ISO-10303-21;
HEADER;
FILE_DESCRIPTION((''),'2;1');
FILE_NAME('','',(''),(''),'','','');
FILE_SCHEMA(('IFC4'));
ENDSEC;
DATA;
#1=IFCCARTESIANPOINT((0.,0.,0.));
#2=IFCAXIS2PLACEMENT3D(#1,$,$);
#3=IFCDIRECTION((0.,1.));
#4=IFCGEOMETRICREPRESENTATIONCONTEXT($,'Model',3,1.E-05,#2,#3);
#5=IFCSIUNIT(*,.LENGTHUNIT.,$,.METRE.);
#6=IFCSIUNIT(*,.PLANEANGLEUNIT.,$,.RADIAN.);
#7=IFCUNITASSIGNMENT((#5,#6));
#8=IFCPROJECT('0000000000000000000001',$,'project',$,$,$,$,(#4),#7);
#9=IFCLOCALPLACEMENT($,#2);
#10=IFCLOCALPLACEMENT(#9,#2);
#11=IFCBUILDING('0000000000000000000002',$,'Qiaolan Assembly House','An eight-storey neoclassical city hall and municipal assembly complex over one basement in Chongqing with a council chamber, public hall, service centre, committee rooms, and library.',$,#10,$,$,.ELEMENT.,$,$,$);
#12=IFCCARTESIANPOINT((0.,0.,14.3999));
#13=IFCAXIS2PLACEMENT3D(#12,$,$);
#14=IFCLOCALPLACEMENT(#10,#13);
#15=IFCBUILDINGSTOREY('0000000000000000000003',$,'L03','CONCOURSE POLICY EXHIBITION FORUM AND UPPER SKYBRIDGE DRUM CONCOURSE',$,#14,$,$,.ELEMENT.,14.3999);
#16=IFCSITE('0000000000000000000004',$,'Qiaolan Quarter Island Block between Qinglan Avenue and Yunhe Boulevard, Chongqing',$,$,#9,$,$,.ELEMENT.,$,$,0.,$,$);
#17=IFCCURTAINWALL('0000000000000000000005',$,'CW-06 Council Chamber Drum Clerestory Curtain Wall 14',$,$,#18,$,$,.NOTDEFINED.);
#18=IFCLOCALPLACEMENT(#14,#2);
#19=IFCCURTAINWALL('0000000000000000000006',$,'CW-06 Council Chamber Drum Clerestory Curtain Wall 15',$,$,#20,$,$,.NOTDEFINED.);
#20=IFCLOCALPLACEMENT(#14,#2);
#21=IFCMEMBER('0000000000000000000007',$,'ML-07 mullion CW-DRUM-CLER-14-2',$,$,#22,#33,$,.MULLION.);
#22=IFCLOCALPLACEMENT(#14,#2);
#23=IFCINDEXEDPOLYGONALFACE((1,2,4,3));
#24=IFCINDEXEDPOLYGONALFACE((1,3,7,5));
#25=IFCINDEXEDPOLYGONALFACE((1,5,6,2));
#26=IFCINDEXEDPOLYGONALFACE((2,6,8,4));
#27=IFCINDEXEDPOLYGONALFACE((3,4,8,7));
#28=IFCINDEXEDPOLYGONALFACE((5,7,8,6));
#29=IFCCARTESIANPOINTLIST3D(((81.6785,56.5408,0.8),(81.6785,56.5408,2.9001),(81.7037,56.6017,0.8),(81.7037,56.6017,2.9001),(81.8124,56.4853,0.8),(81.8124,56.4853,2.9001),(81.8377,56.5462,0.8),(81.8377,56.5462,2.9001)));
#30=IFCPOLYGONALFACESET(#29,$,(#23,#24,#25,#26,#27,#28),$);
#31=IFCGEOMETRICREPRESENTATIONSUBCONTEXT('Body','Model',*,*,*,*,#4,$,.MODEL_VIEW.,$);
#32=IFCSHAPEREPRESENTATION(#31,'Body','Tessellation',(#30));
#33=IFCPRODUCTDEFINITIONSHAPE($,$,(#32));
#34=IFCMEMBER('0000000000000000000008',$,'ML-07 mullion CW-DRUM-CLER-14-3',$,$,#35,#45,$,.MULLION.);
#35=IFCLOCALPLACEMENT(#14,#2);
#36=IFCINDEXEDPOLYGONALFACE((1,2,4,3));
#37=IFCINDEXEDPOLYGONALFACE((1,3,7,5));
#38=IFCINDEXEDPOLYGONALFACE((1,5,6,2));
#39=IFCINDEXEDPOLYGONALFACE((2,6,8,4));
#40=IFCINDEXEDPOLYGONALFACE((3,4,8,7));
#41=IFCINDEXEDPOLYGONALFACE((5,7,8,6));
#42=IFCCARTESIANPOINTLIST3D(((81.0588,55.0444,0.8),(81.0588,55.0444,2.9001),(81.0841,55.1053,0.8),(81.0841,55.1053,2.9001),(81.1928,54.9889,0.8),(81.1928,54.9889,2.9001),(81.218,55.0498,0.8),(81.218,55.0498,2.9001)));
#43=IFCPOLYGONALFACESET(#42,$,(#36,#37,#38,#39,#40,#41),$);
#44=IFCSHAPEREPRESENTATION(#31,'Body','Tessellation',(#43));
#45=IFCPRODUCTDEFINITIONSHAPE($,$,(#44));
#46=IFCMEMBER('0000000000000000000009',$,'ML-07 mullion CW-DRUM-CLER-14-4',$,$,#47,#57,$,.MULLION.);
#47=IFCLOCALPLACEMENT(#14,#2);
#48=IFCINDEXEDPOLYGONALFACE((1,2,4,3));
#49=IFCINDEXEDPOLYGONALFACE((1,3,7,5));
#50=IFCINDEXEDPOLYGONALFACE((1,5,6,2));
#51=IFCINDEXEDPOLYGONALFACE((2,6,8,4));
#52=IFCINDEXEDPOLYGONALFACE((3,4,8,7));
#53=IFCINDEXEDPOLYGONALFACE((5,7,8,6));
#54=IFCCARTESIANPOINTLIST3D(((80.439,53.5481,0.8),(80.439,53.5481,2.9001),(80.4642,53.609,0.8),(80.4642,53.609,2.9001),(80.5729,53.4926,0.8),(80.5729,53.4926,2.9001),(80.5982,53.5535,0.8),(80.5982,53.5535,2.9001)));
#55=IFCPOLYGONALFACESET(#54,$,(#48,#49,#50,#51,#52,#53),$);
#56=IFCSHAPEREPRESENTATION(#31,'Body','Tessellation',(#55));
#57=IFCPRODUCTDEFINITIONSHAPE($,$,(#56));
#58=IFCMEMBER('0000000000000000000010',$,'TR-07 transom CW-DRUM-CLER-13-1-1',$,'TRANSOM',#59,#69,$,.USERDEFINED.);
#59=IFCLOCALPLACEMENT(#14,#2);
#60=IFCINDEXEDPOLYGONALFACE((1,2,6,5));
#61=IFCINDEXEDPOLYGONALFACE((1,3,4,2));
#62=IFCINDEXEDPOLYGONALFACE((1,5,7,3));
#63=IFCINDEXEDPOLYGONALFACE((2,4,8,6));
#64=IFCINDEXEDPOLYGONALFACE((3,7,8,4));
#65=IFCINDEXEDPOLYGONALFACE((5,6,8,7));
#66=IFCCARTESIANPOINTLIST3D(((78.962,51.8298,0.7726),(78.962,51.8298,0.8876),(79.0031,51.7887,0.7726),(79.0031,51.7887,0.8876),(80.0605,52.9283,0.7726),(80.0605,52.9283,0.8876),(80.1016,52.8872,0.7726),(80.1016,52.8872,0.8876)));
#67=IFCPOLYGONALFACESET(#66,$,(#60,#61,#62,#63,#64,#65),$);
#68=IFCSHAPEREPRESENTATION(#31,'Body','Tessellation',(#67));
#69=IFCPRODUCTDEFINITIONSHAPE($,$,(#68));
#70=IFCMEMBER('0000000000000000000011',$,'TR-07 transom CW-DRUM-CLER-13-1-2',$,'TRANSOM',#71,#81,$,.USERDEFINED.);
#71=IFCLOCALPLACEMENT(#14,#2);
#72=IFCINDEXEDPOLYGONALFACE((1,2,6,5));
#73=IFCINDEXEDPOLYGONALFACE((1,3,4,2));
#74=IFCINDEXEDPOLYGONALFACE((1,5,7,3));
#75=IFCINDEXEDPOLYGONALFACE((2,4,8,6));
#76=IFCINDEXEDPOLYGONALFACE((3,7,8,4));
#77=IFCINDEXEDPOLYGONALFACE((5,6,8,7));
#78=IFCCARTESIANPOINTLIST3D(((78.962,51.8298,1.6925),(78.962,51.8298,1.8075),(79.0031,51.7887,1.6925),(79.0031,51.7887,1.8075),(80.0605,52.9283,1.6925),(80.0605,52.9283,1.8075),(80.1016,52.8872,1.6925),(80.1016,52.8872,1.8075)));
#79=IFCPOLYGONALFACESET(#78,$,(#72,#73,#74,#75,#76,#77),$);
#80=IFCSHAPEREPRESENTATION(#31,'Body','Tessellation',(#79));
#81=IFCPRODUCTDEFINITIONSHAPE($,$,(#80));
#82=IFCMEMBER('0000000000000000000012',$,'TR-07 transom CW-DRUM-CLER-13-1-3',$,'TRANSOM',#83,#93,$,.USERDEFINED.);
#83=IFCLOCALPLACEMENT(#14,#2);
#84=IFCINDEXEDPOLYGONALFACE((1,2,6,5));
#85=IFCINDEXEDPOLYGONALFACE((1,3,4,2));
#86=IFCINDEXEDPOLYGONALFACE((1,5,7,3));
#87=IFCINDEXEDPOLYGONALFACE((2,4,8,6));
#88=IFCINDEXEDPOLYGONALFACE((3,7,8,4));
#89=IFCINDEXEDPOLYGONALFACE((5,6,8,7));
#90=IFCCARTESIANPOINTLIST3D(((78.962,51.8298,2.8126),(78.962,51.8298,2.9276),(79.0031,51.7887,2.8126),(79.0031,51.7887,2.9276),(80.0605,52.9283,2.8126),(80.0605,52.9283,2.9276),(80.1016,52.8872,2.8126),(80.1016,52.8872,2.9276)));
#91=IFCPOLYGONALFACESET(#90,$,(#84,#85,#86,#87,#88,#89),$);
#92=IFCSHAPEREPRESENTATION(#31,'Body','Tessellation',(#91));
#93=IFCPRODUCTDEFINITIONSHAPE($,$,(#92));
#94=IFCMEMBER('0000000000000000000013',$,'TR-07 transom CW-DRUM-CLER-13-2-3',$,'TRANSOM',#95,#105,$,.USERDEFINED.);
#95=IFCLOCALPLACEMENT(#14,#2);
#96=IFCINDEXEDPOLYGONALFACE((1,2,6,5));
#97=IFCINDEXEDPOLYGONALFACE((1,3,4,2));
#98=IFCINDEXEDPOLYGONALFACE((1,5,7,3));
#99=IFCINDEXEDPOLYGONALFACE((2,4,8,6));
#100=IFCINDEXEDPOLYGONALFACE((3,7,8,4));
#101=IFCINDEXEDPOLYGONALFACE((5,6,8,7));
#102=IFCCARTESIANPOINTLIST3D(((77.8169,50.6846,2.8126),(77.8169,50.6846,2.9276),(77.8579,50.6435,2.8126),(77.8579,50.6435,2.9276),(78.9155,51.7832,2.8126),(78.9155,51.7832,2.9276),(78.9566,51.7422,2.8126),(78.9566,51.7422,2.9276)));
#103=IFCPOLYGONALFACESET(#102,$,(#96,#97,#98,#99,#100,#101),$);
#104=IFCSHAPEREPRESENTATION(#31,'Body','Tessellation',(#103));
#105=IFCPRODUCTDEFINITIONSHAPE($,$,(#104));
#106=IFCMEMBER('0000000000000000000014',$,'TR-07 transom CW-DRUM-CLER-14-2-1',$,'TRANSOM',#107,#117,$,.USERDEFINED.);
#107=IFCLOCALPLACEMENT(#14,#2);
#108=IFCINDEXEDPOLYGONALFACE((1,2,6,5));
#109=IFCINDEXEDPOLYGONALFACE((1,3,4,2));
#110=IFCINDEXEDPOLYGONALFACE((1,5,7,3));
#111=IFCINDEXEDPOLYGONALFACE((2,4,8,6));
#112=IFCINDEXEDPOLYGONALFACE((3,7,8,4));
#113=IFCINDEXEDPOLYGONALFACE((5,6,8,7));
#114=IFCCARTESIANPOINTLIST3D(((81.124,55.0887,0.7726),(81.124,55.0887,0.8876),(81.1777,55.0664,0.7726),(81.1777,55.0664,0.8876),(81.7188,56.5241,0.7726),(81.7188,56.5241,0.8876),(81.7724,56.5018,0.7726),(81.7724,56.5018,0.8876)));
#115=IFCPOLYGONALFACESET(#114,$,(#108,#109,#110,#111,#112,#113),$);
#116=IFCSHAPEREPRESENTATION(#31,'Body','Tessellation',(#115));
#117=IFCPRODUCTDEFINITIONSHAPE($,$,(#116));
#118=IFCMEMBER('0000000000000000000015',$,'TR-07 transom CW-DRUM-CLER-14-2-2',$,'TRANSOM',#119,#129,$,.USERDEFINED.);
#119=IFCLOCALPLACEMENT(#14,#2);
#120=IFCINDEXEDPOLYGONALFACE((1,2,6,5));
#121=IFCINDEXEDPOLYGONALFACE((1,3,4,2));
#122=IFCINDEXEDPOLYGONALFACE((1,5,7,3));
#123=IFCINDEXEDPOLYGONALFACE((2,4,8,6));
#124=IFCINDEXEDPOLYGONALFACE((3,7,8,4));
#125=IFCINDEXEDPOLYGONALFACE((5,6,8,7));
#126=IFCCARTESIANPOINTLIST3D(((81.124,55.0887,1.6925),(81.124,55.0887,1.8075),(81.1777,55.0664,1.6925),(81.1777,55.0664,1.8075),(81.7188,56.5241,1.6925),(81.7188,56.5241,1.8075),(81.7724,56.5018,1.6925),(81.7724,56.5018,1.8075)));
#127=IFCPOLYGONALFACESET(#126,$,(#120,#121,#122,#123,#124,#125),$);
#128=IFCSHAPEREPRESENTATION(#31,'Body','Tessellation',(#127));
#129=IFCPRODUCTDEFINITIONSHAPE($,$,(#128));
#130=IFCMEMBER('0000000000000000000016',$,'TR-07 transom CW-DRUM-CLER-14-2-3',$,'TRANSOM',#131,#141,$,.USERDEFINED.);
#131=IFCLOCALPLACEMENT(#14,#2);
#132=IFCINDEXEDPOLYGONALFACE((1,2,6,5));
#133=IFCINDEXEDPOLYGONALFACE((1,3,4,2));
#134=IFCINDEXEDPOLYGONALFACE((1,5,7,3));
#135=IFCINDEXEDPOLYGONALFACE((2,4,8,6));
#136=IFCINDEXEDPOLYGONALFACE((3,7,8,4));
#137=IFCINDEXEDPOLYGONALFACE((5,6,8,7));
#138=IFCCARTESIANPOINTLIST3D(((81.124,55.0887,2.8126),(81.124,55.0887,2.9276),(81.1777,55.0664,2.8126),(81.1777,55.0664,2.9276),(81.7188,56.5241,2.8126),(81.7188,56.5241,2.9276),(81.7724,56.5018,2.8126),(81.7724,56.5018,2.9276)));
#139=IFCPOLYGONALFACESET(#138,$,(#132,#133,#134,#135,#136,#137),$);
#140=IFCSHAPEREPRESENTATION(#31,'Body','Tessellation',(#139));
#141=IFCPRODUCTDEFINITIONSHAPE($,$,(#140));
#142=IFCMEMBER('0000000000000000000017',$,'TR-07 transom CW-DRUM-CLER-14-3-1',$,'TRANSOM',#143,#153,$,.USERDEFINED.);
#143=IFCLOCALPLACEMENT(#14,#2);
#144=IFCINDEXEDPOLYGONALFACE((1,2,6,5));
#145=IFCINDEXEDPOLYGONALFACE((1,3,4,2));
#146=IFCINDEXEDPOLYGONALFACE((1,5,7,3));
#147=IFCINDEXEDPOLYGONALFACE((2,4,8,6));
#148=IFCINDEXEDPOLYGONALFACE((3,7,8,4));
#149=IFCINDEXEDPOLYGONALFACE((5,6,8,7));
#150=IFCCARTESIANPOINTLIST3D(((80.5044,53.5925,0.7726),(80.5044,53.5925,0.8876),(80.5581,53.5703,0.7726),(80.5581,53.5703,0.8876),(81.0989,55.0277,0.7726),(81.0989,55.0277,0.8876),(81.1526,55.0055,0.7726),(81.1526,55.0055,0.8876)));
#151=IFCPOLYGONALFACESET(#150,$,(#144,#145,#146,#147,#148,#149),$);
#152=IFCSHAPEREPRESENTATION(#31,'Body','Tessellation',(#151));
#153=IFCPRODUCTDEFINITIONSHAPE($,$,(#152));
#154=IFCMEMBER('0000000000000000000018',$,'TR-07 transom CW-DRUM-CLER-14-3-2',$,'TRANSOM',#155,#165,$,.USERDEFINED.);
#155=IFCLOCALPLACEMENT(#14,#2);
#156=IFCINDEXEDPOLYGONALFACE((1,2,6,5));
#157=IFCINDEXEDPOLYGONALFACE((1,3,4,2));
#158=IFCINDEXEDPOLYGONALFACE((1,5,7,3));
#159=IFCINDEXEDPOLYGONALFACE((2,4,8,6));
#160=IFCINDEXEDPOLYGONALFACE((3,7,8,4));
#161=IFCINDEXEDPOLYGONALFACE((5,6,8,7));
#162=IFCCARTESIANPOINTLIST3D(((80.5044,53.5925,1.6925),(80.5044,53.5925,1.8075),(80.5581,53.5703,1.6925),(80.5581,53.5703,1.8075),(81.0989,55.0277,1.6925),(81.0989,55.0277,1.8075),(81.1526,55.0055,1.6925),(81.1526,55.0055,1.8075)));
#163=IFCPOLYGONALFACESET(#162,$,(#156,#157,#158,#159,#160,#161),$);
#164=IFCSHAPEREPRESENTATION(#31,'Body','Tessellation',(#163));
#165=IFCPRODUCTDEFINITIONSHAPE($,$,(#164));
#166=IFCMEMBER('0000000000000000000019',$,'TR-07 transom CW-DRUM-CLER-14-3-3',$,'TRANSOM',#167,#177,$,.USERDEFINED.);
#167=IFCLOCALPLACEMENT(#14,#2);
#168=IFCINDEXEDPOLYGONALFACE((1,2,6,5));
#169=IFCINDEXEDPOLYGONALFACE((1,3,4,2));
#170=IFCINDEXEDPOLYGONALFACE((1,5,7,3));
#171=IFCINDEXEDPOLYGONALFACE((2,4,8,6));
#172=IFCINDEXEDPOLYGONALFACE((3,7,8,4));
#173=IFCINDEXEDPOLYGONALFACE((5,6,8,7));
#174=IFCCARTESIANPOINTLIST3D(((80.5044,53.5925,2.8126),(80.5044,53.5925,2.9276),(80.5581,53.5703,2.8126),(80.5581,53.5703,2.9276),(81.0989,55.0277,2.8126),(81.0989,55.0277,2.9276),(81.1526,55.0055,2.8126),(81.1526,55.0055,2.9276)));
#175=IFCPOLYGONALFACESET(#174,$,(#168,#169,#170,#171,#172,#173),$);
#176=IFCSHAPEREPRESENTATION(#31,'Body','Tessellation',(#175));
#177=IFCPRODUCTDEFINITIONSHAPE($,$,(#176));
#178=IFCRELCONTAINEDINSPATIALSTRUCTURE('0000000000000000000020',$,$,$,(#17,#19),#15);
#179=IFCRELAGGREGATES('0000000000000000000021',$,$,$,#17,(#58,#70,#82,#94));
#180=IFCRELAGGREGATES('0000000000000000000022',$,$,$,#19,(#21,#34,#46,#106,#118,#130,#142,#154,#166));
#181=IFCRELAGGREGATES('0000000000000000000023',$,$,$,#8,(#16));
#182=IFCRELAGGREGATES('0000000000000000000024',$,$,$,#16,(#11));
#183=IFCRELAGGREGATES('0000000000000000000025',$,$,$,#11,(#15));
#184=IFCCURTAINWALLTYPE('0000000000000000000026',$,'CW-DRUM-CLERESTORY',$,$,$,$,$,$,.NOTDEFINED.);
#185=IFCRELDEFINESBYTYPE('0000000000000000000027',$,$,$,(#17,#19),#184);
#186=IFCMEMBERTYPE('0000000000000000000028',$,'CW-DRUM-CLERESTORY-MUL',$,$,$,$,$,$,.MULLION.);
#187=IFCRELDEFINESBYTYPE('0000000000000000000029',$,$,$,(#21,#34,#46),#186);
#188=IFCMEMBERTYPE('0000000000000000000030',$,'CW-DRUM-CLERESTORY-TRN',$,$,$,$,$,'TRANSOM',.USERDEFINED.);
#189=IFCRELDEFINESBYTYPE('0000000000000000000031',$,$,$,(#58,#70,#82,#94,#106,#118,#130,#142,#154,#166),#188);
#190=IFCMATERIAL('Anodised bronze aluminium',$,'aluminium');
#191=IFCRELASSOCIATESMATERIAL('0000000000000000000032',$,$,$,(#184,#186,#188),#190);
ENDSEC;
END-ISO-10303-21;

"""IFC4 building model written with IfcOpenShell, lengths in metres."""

from ifc_helpers import new_model, si_unit, direction, frame, origin, origin_2d, place, context, subcontext, project, spatial, rectangle, extrude, material, material_profile, profile_set, type_object, element, aggregate, save


model = new_model("IFC4")

# Units and contexts
model_context = context("Model", 3, precision=1e-05, world=origin(), true_north=direction((0.0, 1.0)))
body_context = subcontext(model_context, "Body", "Model", "MODEL_VIEW")
ifc_project = project(units=[si_unit("LENGTHUNIT", "METRE"), si_unit("PLANEANGLEUNIT", "RADIAN")], contexts=[model_context])

# Site, building, storey
site_placement = place(None, origin())
site = spatial("IfcSite", under=ifc_project, at=site_placement, Name="Qiaolan Quarter Island Block between Qinglan Avenue and Yunhe Boulevard, Chongqing", CompositionType="ELEMENT", RefElevation=0.0)
building_placement = place(site_placement, origin())
building = spatial("IfcBuilding", under=site, at=building_placement, Name="Qiaolan Assembly House", Description="An eight-storey neoclassical city hall and municipal assembly complex over one basement in Chongqing with a council chamber, public hall, service centre, committee rooms, and library.", CompositionType="ELEMENT")
storey_placement = place(building_placement, frame((0.0, 0.0, 14.3999)))
storey = spatial("IfcBuildingStorey", under=building, at=storey_placement, Name="L03", Description="CONCOURSE POLICY EXHIBITION FORUM AND UPPER SKYBRIDGE DRUM CONCOURSE", CompositionType="ELEMENT", Elevation=14.3999)

# Curtain walls, members
ifc_material_1 = material(Name="Anodised bronze aluminium", Category="aluminium")
curtain_wall_type = type_object("IfcCurtainWallType", Name="CW-DRUM-CLERESTORY", PredefinedType="NOTDEFINED", material=ifc_material_1)
curtain_wall_1_placement = place(storey_placement, origin())
curtain_wall_1 = element("IfcCurtainWall", 1, at=curtain_wall_1_placement, inside=storey, type_object=curtain_wall_type, Name="CW-06 Council Chamber Drum Clerestory Curtain Wall 14", PredefinedType="NOTDEFINED")
ifc_material_profile_1 = material_profile(ifc_material_1, rectangle(XDim=0.0659, YDim=0.145, at=origin_2d()), Name="MUL 66x145")
ifc_profile_set_1 = profile_set([ifc_material_profile_1], Name="Anodised bronze aluminium")
member_type_1 = type_object("IfcMemberType", Name="CW-DRUM-CLERESTORY-MUL", PredefinedType="MULLION", material=ifc_profile_set_1)
curtain_wall_2_placement = place(storey_placement, origin())
curtain_wall_2 = element("IfcCurtainWall", 2, at=curtain_wall_2_placement, inside=storey, type_object=curtain_wall_type, Name="CW-06 Council Chamber Drum Clerestory Curtain Wall 15", PredefinedType="NOTDEFINED")
member_1_placement = place(storey_placement, frame((81.7581, 56.5435, 0.8), z_axis=(0.0, 0.0, 1.0), x_axis=(-0.382683, -0.92388, 0.0)))
member_1 = element("IfcMember", 3, at=member_1_placement, type_object=member_type_1, Name="ML-07 mullion CW-DRUM-CLER-14-2", PredefinedType="MULLION", context=body_context, shape_type="SweptSolid", body=[
    extrude(rectangle(XDim=0.0659, YDim=0.145, at=origin_2d()), origin(), (0.0, 0.0, 1.0), 2.1001),
])
member_2_placement = place(storey_placement, frame((81.1384, 55.0471, 0.8), z_axis=(0.0, 0.0, 1.0), x_axis=(-0.382683, -0.92388, 0.0)))
member_2 = element("IfcMember", 4, at=member_2_placement, type_object=member_type_1, Name="ML-07 mullion CW-DRUM-CLER-14-3", PredefinedType="MULLION", context=body_context, shape_type="SweptSolid", body=[
    extrude(rectangle(XDim=0.0659, YDim=0.145, at=origin_2d()), origin(), (0.0, 0.0, 1.0), 2.1001),
])
member_3_placement = place(storey_placement, frame((80.5186, 53.5508, 0.8), z_axis=(0.0, 0.0, 1.0), x_axis=(-0.382683, -0.92388, 0.0)))
member_3 = element("IfcMember", 5, at=member_3_placement, type_object=member_type_1, Name="ML-07 mullion CW-DRUM-CLER-14-4", PredefinedType="MULLION", context=body_context, shape_type="SweptSolid", body=[
    extrude(rectangle(XDim=0.0659, YDim=0.145, at=origin_2d()), origin(), (0.0, 0.0, 1.0), 2.1001),
])

# Members
ifc_material_profile_2 = material_profile(ifc_material_1, rectangle(XDim=0.0581, YDim=0.115, at=origin_2d()), Name="TRN 58x115")
ifc_profile_set_2 = profile_set([ifc_material_profile_2], Name="Anodised bronze aluminium")
member_type_2 = type_object("IfcMemberType", Name="CW-DRUM-CLERESTORY-TRN", ElementType="TRANSOM", PredefinedType="USERDEFINED", material=ifc_profile_set_2)
member_4_placement = place(storey_placement, frame((80.0811, 52.9077, 0.8301), z_axis=(-0.707107, -0.707107, 0.0), x_axis=(0.707107, -0.707107, 0.0)))
member_4 = element("IfcMember", 6, at=member_4_placement, type_object=member_type_2, Name="TR-07 transom CW-DRUM-CLER-13-1-1", ObjectType="TRANSOM", PredefinedType="USERDEFINED", context=body_context, shape_type="SweptSolid", body=[
    extrude(rectangle(XDim=0.0581, YDim=0.115, at=origin_2d()), origin(), (0.0, 0.0, 1.0), 1.5535),
])
member_5_placement = place(storey_placement, frame((80.0811, 52.9077, 1.75), z_axis=(-0.707107, -0.707107, 0.0), x_axis=(0.707107, -0.707107, 0.0)))
member_5 = element("IfcMember", 7, at=member_5_placement, type_object=member_type_2, Name="TR-07 transom CW-DRUM-CLER-13-1-2", ObjectType="TRANSOM", PredefinedType="USERDEFINED", context=body_context, shape_type="SweptSolid", body=[
    extrude(rectangle(XDim=0.0581, YDim=0.115, at=origin_2d()), origin(), (0.0, 0.0, 1.0), 1.5535),
])
member_6_placement = place(storey_placement, frame((80.0811, 52.9077, 2.8701), z_axis=(-0.707107, -0.707107, 0.0), x_axis=(0.707107, -0.707107, 0.0)))
member_6 = element("IfcMember", 8, at=member_6_placement, type_object=member_type_2, Name="TR-07 transom CW-DRUM-CLER-13-1-3", ObjectType="TRANSOM", PredefinedType="USERDEFINED", context=body_context, shape_type="SweptSolid", body=[
    extrude(rectangle(XDim=0.0581, YDim=0.115, at=origin_2d()), origin(), (0.0, 0.0, 1.0), 1.5535),
])
member_7_placement = place(storey_placement, frame((78.936, 51.7627, 2.8701), z_axis=(-0.707107, -0.707107, 0.0), x_axis=(0.707107, -0.707107, 0.0)))
member_7 = element("IfcMember", 9, at=member_7_placement, type_object=member_type_2, Name="TR-07 transom CW-DRUM-CLER-13-2-3", ObjectType="TRANSOM", PredefinedType="USERDEFINED", context=body_context, shape_type="SweptSolid", body=[
    extrude(rectangle(XDim=0.0581, YDim=0.115, at=origin_2d()), origin(), (0.0, 0.0, 1.0), 1.5537),
])
member_8_placement = place(storey_placement, frame((81.7456, 56.5129, 0.8301), z_axis=(-0.382796, -0.923833, 0.0), x_axis=(0.923833, -0.382796, 0.0)))
member_8 = element("IfcMember", 10, at=member_8_placement, type_object=member_type_2, Name="TR-07 transom CW-DRUM-CLER-14-2-1", ObjectType="TRANSOM", PredefinedType="USERDEFINED", context=body_context, shape_type="SweptSolid", body=[
    extrude(rectangle(XDim=0.0581, YDim=0.115, at=origin_2d()), origin(), (0.0, 0.0, 1.0), 1.5537),
])
member_9_placement = place(storey_placement, frame((81.7456, 56.5129, 1.75), z_axis=(-0.382796, -0.923833, 0.0), x_axis=(0.923833, -0.382796, 0.0)))
member_9 = element("IfcMember", 11, at=member_9_placement, type_object=member_type_2, Name="TR-07 transom CW-DRUM-CLER-14-2-2", ObjectType="TRANSOM", PredefinedType="USERDEFINED", context=body_context, shape_type="SweptSolid", body=[
    extrude(rectangle(XDim=0.0581, YDim=0.115, at=origin_2d()), origin(), (0.0, 0.0, 1.0), 1.5537),
])
member_10_placement = place(storey_placement, frame((81.7456, 56.5129, 2.8701), z_axis=(-0.382796, -0.923833, 0.0), x_axis=(0.923833, -0.382796, 0.0)))
member_10 = element("IfcMember", 12, at=member_10_placement, type_object=member_type_2, Name="TR-07 transom CW-DRUM-CLER-14-2-3", ObjectType="TRANSOM", PredefinedType="USERDEFINED", context=body_context, shape_type="SweptSolid", body=[
    extrude(rectangle(XDim=0.0581, YDim=0.115, at=origin_2d()), origin(), (0.0, 0.0, 1.0), 1.5537),
])
member_11_placement = place(storey_placement, frame((81.1257, 55.0166, 0.8301), z_axis=(-0.382662, -0.923889, 0.0), x_axis=(0.923889, -0.382662, 0.0)))
member_11 = element("IfcMember", 13, at=member_11_placement, type_object=member_type_2, Name="TR-07 transom CW-DRUM-CLER-14-3-1", ObjectType="TRANSOM", PredefinedType="USERDEFINED", context=body_context, shape_type="SweptSolid", body=[
    extrude(rectangle(XDim=0.0581, YDim=0.115, at=origin_2d()), origin(), (0.0, 0.0, 1.0), 1.5535),
])
member_12_placement = place(storey_placement, frame((81.1257, 55.0166, 1.75), z_axis=(-0.382662, -0.923889, 0.0), x_axis=(0.923889, -0.382662, 0.0)))
member_12 = element("IfcMember", 14, at=member_12_placement, type_object=member_type_2, Name="TR-07 transom CW-DRUM-CLER-14-3-2", ObjectType="TRANSOM", PredefinedType="USERDEFINED", context=body_context, shape_type="SweptSolid", body=[
    extrude(rectangle(XDim=0.0581, YDim=0.115, at=origin_2d()), origin(), (0.0, 0.0, 1.0), 1.5535),
])
member_13_placement = place(storey_placement, frame((81.1257, 55.0166, 2.8701), z_axis=(-0.382662, -0.923889, 0.0), x_axis=(0.923889, -0.382662, 0.0)))
member_13 = element("IfcMember", 15, at=member_13_placement, type_object=member_type_2, Name="TR-07 transom CW-DRUM-CLER-14-3-3", ObjectType="TRANSOM", PredefinedType="USERDEFINED", context=body_context, shape_type="SweptSolid", body=[
    extrude(rectangle(XDim=0.0581, YDim=0.115, at=origin_2d()), origin(), (0.0, 0.0, 1.0), 1.5535),
])

aggregate(curtain_wall_1, [member_4, member_5, member_6, member_7])
aggregate(curtain_wall_2, [member_1, member_2, member_3, member_8, member_9, member_10, member_11, member_12, member_13])

save(model, "model.ifc")
